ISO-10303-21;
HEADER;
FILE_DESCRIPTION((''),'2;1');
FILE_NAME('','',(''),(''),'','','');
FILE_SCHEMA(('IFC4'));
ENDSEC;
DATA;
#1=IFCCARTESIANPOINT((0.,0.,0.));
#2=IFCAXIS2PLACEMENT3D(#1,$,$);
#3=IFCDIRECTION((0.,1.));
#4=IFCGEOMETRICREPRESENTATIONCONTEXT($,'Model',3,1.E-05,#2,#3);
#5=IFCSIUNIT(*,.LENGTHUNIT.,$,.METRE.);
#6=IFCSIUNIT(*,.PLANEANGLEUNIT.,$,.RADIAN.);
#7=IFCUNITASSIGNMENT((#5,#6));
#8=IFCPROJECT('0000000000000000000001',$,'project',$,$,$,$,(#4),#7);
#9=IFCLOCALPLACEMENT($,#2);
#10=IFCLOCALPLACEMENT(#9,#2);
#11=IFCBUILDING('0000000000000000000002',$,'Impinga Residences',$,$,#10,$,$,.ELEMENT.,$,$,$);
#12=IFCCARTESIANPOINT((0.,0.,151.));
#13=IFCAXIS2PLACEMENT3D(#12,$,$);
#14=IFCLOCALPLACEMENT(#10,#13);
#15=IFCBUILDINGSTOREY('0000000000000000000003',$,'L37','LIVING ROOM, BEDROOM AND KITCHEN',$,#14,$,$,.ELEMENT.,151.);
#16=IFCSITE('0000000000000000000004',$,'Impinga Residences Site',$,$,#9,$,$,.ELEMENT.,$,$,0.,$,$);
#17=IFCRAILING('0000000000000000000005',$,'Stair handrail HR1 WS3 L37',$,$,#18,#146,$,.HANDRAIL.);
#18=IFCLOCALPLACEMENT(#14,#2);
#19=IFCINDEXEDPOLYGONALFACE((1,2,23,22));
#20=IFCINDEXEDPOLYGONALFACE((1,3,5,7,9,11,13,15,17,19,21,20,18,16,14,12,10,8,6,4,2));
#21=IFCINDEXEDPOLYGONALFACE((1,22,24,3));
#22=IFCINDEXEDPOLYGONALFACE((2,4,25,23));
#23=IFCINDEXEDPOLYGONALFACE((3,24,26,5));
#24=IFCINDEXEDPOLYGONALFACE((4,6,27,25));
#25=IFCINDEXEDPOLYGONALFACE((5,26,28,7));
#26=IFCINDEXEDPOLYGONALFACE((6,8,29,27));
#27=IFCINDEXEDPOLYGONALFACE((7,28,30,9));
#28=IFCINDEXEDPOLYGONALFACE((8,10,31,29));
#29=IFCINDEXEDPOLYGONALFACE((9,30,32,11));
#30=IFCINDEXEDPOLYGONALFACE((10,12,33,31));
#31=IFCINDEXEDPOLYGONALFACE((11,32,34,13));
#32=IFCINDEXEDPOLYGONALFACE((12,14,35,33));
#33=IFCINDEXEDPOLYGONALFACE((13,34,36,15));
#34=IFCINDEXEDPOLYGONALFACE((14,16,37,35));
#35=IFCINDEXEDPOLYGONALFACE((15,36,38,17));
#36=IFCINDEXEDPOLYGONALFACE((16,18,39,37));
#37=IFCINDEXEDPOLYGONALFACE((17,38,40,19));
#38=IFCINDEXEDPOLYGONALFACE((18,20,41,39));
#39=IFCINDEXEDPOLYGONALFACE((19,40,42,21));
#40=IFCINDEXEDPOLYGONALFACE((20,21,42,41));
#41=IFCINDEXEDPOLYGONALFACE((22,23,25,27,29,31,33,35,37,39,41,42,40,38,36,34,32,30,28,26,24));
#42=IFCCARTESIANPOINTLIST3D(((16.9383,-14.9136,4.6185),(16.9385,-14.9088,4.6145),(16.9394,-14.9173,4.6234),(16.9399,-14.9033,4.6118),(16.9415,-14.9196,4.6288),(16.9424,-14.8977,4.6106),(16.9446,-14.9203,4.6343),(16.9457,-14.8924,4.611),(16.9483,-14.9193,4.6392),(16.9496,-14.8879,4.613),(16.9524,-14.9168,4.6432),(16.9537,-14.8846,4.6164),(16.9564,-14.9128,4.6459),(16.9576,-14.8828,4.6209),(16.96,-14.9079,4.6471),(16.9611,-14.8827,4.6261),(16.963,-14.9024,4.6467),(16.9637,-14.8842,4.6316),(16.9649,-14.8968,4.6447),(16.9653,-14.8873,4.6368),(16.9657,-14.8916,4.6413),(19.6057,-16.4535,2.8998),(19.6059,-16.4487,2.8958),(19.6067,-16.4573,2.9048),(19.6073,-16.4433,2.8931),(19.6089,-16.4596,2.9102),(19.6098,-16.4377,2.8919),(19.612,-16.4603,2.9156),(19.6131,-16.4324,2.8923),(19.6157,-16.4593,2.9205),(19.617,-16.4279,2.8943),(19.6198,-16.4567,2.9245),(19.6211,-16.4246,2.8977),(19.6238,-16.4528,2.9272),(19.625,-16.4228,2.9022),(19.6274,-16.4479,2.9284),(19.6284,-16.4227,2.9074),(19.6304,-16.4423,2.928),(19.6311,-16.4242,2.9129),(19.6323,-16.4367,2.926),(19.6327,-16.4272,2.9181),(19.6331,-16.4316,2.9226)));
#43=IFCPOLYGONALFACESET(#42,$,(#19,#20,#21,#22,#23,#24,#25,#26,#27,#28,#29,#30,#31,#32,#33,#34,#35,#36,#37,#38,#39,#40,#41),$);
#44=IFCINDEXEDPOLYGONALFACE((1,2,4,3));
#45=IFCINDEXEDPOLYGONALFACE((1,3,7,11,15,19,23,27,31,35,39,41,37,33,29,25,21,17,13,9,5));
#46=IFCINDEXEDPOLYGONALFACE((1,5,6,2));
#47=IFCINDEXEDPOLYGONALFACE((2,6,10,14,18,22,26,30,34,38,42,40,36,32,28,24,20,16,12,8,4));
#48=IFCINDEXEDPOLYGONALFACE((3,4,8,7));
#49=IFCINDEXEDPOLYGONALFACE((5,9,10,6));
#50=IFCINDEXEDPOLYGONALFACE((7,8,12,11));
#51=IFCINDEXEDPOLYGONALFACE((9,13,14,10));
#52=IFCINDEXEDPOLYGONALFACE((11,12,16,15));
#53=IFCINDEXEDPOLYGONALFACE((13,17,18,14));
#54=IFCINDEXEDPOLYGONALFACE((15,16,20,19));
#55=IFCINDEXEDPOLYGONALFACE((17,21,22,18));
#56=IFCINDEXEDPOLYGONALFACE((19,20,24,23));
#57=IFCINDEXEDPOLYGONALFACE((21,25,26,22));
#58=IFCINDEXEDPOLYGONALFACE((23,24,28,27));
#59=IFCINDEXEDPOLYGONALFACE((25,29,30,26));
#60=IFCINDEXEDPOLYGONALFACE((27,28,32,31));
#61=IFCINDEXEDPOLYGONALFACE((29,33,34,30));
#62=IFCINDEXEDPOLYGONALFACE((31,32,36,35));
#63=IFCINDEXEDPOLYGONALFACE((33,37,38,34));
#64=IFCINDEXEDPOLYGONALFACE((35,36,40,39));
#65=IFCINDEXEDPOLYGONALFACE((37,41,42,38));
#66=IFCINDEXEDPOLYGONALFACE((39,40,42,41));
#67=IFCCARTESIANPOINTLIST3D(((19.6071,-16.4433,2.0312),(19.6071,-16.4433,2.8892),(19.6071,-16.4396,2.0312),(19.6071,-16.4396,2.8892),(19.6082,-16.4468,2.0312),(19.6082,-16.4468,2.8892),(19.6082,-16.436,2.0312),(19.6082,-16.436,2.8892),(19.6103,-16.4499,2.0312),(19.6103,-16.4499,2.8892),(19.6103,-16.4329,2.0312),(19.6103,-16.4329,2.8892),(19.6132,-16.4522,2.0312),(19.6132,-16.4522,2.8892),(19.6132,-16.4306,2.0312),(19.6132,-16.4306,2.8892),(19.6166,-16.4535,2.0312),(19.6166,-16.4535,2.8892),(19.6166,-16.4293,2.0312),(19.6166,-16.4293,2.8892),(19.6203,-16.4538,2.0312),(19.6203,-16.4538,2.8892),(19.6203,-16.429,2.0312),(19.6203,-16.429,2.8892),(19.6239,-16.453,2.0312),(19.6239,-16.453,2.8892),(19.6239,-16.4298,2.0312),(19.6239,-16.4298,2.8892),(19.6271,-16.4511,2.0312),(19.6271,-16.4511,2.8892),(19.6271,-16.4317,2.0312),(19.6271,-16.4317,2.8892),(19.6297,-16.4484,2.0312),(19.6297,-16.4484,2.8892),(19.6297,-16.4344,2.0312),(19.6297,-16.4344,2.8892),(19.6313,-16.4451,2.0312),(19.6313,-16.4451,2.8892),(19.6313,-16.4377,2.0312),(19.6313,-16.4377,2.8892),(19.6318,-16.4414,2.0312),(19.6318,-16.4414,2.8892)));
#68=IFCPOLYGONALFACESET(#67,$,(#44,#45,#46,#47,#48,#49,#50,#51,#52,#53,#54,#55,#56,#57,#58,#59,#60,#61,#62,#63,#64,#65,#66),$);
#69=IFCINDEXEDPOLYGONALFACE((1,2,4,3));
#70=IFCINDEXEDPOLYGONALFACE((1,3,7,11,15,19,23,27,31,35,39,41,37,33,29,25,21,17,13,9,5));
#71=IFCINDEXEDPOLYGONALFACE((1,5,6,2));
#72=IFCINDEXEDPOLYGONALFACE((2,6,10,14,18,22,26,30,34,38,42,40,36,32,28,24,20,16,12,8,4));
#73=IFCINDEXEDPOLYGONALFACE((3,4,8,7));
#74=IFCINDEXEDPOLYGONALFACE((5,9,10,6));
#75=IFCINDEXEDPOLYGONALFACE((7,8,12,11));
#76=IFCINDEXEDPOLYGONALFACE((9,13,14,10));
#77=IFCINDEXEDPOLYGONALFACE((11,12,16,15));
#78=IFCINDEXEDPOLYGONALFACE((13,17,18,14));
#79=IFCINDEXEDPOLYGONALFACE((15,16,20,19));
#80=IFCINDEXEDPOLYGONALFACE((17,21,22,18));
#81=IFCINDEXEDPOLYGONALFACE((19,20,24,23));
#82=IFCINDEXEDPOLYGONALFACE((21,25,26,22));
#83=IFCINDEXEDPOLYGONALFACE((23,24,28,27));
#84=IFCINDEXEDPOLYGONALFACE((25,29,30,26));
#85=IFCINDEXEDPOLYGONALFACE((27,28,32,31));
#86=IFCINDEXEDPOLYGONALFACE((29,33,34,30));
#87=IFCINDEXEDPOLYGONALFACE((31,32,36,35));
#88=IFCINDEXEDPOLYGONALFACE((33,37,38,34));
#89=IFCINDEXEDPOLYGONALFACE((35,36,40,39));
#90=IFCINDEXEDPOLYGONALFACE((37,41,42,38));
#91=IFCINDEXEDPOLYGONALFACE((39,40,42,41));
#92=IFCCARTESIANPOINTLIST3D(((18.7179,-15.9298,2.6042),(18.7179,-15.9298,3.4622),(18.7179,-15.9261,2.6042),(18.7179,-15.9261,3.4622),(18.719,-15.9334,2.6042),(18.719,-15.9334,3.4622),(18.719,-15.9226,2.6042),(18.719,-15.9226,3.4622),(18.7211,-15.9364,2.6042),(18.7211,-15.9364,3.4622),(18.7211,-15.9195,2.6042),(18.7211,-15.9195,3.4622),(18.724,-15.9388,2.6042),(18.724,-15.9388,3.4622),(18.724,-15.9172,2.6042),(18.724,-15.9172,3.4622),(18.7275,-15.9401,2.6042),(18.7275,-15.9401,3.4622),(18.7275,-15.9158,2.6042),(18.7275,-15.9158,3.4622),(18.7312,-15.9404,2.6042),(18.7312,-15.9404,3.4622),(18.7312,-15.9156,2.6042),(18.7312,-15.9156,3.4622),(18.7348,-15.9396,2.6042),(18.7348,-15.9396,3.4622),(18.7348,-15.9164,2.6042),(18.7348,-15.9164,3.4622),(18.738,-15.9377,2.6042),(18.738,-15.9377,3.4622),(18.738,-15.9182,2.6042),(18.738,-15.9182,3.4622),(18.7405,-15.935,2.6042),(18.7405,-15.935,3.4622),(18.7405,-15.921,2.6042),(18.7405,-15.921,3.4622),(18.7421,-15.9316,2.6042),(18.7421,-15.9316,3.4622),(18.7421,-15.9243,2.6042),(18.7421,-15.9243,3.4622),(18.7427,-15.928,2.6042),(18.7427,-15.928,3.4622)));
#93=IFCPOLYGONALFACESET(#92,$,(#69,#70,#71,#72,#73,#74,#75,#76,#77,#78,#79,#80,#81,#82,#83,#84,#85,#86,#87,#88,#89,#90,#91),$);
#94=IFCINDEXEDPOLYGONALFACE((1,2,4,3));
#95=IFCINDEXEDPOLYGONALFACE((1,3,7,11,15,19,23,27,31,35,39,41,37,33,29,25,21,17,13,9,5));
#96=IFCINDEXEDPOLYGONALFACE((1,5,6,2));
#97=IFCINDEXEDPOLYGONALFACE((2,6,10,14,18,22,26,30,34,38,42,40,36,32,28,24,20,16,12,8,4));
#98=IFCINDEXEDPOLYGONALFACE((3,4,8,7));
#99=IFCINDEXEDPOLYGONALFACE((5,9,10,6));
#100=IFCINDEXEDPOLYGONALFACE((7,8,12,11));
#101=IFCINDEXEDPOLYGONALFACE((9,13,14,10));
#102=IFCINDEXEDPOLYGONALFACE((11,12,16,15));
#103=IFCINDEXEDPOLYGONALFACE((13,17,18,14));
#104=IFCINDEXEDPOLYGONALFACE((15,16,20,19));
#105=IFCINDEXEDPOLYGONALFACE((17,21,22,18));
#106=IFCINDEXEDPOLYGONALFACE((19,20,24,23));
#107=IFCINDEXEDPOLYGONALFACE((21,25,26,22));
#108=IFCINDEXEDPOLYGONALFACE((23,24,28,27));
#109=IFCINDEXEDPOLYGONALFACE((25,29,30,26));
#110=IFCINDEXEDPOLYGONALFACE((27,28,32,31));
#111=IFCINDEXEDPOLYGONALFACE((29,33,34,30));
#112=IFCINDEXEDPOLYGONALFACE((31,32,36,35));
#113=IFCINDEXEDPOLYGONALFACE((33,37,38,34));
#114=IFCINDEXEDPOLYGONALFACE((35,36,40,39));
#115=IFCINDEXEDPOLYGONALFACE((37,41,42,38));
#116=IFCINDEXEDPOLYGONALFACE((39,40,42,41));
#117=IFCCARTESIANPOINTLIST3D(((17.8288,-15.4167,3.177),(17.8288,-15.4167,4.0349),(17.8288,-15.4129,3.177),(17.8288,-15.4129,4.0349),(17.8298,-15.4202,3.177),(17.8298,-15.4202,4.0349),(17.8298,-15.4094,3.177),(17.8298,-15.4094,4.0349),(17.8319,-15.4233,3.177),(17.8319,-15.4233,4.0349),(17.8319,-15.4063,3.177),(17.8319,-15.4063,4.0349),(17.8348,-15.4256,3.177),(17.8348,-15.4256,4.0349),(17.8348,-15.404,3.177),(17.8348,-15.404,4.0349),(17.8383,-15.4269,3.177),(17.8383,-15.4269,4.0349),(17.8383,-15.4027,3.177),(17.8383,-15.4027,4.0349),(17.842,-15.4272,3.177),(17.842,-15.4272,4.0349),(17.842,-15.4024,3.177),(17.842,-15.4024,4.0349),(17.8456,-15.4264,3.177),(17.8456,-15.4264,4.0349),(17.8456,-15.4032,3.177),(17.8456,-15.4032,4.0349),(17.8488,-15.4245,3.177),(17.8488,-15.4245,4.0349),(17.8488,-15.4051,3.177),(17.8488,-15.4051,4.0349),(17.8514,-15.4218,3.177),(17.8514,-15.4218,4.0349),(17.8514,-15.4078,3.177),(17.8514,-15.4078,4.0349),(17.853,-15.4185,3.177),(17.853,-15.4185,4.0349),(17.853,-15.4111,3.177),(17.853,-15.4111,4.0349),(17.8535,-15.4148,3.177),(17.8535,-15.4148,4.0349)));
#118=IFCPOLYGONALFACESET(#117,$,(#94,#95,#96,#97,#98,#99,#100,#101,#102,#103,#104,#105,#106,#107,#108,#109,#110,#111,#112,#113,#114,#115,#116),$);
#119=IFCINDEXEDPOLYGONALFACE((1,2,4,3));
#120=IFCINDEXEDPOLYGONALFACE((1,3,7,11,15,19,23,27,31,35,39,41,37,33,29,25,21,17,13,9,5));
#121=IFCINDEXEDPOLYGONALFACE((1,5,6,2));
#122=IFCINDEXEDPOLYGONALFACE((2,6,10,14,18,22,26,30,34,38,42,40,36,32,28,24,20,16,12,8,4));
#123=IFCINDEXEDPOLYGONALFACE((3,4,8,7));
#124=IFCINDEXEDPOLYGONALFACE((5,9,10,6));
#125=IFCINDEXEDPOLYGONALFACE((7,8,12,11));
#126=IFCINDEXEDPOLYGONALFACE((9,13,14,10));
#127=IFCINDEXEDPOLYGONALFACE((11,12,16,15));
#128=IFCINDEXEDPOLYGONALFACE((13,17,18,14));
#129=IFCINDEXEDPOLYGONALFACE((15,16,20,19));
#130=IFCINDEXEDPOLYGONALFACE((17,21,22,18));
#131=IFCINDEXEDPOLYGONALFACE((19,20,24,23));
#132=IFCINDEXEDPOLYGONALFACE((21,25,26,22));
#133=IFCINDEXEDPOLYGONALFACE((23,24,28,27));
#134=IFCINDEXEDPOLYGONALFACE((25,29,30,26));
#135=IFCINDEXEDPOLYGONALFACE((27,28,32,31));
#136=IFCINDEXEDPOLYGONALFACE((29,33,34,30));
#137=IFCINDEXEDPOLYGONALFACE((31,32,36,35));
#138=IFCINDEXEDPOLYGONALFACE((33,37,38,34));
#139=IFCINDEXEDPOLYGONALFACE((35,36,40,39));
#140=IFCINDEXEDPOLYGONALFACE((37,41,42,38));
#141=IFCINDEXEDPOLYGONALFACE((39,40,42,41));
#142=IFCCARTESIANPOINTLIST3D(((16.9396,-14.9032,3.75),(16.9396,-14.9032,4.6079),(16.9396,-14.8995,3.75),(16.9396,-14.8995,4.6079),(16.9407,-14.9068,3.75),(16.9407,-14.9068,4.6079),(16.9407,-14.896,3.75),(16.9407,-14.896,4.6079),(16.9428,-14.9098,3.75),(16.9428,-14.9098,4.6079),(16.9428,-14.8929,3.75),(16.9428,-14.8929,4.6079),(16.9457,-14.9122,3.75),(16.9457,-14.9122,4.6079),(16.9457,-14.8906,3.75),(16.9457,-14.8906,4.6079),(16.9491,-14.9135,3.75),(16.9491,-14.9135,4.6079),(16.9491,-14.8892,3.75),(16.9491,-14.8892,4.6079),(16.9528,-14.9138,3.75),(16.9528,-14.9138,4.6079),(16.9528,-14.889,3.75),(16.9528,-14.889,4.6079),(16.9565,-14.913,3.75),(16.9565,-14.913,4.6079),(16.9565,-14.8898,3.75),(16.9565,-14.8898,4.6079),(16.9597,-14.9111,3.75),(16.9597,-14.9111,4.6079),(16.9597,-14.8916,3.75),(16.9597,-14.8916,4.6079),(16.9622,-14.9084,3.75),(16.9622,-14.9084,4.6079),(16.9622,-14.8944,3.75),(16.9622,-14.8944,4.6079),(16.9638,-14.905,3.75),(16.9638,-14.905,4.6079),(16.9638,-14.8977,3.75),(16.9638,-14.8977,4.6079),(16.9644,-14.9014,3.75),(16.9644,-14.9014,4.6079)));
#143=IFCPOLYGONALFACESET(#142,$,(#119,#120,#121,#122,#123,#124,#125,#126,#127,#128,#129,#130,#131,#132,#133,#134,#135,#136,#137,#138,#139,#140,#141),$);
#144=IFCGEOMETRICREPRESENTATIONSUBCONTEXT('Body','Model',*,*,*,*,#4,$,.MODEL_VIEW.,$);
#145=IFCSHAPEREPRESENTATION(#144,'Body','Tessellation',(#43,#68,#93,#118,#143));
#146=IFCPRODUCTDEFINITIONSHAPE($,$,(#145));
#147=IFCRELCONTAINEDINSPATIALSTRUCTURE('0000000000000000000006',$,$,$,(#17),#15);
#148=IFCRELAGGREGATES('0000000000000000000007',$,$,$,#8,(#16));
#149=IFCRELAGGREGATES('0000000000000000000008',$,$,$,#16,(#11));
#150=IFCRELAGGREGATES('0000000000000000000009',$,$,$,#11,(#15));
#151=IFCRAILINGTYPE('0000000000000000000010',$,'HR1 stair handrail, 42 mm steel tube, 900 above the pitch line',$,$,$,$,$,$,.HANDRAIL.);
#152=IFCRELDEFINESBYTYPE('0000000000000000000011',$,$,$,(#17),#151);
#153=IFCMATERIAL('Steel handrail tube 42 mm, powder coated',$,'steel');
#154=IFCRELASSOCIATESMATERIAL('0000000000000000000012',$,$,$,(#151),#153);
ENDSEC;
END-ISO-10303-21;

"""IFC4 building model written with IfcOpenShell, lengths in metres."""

from ifc_helpers import new_model, si_unit, direction, frame, origin, origin_2d, place, context, subcontext, project, spatial, circle, extrude, material, type_object, element, save


model = new_model("IFC4")

# Units and contexts
model_context = context("Model", 3, precision=1e-05, world=origin(), true_north=direction((0.0, 1.0)))
body_context = subcontext(model_context, "Body", "Model", "MODEL_VIEW")
ifc_project = project(units=[si_unit("LENGTHUNIT", "METRE"), si_unit("PLANEANGLEUNIT", "RADIAN")], contexts=[model_context])

# Site, building, storey
site_placement = place(None, origin())
site = spatial("IfcSite", under=ifc_project, at=site_placement, Name="Impinga Residences Site", CompositionType="ELEMENT", RefElevation=0.0)
building_placement = place(site_placement, origin())
building = spatial("IfcBuilding", under=site, at=building_placement, Name="Impinga Residences", CompositionType="ELEMENT")
storey_placement = place(building_placement, frame((0.0, 0.0, 151.0)))
storey = spatial("IfcBuildingStorey", under=building, at=storey_placement, Name="L37", Description="LIVING ROOM, BEDROOM AND KITCHEN", CompositionType="ELEMENT", Elevation=151.0)

# Railing
ifc_material_1 = material(Name="Steel handrail tube 42 mm, powder coated", Category="steel")
railing_type_1 = type_object("IfcRailingType", Name="HR1 stair handrail, 42 mm steel tube, 900 above the pitch line", PredefinedType="HANDRAIL", material=ifc_material_1)
railing_1_placement = place(storey_placement, frame((19.6194, -16.4414, 2.0312)))
element("IfcRailing", 1, at=railing_1_placement, inside=storey, type_object=railing_type_1, Name="Stair handrail HR1 WS3 L37", PredefinedType="HANDRAIL", context=body_context, shape_type="SweptSolid", body=[
    extrude(circle(Radius=0.021, at=origin_2d()), frame((0.0, 0.0, 0.8789), z_axis=(-0.756256, 0.436616, 0.487282), x_axis=(-0.499992, -0.86603, 0.0)), (0.0, 0.0, 1.0), 3.5271),
    extrude(circle(Radius=0.0125, at=origin_2d()), origin(), (0.0, 0.0, 1.0), 0.8579),
    extrude(circle(Radius=0.0125, at=origin_2d()), frame((-0.8892, 0.5134, 0.573)), (0.0, 0.0, 1.0), 0.8579),
    extrude(circle(Radius=0.0125, at=origin_2d()), frame((-1.7783, 1.0266, 1.1458)), (0.0, 0.0, 1.0), 0.8579),
    extrude(circle(Radius=0.0125, at=origin_2d()), frame((-2.6675, 1.54, 1.7188)), (0.0, 0.0, 1.0), 0.8579),
])

save(model, "model.ifc")
